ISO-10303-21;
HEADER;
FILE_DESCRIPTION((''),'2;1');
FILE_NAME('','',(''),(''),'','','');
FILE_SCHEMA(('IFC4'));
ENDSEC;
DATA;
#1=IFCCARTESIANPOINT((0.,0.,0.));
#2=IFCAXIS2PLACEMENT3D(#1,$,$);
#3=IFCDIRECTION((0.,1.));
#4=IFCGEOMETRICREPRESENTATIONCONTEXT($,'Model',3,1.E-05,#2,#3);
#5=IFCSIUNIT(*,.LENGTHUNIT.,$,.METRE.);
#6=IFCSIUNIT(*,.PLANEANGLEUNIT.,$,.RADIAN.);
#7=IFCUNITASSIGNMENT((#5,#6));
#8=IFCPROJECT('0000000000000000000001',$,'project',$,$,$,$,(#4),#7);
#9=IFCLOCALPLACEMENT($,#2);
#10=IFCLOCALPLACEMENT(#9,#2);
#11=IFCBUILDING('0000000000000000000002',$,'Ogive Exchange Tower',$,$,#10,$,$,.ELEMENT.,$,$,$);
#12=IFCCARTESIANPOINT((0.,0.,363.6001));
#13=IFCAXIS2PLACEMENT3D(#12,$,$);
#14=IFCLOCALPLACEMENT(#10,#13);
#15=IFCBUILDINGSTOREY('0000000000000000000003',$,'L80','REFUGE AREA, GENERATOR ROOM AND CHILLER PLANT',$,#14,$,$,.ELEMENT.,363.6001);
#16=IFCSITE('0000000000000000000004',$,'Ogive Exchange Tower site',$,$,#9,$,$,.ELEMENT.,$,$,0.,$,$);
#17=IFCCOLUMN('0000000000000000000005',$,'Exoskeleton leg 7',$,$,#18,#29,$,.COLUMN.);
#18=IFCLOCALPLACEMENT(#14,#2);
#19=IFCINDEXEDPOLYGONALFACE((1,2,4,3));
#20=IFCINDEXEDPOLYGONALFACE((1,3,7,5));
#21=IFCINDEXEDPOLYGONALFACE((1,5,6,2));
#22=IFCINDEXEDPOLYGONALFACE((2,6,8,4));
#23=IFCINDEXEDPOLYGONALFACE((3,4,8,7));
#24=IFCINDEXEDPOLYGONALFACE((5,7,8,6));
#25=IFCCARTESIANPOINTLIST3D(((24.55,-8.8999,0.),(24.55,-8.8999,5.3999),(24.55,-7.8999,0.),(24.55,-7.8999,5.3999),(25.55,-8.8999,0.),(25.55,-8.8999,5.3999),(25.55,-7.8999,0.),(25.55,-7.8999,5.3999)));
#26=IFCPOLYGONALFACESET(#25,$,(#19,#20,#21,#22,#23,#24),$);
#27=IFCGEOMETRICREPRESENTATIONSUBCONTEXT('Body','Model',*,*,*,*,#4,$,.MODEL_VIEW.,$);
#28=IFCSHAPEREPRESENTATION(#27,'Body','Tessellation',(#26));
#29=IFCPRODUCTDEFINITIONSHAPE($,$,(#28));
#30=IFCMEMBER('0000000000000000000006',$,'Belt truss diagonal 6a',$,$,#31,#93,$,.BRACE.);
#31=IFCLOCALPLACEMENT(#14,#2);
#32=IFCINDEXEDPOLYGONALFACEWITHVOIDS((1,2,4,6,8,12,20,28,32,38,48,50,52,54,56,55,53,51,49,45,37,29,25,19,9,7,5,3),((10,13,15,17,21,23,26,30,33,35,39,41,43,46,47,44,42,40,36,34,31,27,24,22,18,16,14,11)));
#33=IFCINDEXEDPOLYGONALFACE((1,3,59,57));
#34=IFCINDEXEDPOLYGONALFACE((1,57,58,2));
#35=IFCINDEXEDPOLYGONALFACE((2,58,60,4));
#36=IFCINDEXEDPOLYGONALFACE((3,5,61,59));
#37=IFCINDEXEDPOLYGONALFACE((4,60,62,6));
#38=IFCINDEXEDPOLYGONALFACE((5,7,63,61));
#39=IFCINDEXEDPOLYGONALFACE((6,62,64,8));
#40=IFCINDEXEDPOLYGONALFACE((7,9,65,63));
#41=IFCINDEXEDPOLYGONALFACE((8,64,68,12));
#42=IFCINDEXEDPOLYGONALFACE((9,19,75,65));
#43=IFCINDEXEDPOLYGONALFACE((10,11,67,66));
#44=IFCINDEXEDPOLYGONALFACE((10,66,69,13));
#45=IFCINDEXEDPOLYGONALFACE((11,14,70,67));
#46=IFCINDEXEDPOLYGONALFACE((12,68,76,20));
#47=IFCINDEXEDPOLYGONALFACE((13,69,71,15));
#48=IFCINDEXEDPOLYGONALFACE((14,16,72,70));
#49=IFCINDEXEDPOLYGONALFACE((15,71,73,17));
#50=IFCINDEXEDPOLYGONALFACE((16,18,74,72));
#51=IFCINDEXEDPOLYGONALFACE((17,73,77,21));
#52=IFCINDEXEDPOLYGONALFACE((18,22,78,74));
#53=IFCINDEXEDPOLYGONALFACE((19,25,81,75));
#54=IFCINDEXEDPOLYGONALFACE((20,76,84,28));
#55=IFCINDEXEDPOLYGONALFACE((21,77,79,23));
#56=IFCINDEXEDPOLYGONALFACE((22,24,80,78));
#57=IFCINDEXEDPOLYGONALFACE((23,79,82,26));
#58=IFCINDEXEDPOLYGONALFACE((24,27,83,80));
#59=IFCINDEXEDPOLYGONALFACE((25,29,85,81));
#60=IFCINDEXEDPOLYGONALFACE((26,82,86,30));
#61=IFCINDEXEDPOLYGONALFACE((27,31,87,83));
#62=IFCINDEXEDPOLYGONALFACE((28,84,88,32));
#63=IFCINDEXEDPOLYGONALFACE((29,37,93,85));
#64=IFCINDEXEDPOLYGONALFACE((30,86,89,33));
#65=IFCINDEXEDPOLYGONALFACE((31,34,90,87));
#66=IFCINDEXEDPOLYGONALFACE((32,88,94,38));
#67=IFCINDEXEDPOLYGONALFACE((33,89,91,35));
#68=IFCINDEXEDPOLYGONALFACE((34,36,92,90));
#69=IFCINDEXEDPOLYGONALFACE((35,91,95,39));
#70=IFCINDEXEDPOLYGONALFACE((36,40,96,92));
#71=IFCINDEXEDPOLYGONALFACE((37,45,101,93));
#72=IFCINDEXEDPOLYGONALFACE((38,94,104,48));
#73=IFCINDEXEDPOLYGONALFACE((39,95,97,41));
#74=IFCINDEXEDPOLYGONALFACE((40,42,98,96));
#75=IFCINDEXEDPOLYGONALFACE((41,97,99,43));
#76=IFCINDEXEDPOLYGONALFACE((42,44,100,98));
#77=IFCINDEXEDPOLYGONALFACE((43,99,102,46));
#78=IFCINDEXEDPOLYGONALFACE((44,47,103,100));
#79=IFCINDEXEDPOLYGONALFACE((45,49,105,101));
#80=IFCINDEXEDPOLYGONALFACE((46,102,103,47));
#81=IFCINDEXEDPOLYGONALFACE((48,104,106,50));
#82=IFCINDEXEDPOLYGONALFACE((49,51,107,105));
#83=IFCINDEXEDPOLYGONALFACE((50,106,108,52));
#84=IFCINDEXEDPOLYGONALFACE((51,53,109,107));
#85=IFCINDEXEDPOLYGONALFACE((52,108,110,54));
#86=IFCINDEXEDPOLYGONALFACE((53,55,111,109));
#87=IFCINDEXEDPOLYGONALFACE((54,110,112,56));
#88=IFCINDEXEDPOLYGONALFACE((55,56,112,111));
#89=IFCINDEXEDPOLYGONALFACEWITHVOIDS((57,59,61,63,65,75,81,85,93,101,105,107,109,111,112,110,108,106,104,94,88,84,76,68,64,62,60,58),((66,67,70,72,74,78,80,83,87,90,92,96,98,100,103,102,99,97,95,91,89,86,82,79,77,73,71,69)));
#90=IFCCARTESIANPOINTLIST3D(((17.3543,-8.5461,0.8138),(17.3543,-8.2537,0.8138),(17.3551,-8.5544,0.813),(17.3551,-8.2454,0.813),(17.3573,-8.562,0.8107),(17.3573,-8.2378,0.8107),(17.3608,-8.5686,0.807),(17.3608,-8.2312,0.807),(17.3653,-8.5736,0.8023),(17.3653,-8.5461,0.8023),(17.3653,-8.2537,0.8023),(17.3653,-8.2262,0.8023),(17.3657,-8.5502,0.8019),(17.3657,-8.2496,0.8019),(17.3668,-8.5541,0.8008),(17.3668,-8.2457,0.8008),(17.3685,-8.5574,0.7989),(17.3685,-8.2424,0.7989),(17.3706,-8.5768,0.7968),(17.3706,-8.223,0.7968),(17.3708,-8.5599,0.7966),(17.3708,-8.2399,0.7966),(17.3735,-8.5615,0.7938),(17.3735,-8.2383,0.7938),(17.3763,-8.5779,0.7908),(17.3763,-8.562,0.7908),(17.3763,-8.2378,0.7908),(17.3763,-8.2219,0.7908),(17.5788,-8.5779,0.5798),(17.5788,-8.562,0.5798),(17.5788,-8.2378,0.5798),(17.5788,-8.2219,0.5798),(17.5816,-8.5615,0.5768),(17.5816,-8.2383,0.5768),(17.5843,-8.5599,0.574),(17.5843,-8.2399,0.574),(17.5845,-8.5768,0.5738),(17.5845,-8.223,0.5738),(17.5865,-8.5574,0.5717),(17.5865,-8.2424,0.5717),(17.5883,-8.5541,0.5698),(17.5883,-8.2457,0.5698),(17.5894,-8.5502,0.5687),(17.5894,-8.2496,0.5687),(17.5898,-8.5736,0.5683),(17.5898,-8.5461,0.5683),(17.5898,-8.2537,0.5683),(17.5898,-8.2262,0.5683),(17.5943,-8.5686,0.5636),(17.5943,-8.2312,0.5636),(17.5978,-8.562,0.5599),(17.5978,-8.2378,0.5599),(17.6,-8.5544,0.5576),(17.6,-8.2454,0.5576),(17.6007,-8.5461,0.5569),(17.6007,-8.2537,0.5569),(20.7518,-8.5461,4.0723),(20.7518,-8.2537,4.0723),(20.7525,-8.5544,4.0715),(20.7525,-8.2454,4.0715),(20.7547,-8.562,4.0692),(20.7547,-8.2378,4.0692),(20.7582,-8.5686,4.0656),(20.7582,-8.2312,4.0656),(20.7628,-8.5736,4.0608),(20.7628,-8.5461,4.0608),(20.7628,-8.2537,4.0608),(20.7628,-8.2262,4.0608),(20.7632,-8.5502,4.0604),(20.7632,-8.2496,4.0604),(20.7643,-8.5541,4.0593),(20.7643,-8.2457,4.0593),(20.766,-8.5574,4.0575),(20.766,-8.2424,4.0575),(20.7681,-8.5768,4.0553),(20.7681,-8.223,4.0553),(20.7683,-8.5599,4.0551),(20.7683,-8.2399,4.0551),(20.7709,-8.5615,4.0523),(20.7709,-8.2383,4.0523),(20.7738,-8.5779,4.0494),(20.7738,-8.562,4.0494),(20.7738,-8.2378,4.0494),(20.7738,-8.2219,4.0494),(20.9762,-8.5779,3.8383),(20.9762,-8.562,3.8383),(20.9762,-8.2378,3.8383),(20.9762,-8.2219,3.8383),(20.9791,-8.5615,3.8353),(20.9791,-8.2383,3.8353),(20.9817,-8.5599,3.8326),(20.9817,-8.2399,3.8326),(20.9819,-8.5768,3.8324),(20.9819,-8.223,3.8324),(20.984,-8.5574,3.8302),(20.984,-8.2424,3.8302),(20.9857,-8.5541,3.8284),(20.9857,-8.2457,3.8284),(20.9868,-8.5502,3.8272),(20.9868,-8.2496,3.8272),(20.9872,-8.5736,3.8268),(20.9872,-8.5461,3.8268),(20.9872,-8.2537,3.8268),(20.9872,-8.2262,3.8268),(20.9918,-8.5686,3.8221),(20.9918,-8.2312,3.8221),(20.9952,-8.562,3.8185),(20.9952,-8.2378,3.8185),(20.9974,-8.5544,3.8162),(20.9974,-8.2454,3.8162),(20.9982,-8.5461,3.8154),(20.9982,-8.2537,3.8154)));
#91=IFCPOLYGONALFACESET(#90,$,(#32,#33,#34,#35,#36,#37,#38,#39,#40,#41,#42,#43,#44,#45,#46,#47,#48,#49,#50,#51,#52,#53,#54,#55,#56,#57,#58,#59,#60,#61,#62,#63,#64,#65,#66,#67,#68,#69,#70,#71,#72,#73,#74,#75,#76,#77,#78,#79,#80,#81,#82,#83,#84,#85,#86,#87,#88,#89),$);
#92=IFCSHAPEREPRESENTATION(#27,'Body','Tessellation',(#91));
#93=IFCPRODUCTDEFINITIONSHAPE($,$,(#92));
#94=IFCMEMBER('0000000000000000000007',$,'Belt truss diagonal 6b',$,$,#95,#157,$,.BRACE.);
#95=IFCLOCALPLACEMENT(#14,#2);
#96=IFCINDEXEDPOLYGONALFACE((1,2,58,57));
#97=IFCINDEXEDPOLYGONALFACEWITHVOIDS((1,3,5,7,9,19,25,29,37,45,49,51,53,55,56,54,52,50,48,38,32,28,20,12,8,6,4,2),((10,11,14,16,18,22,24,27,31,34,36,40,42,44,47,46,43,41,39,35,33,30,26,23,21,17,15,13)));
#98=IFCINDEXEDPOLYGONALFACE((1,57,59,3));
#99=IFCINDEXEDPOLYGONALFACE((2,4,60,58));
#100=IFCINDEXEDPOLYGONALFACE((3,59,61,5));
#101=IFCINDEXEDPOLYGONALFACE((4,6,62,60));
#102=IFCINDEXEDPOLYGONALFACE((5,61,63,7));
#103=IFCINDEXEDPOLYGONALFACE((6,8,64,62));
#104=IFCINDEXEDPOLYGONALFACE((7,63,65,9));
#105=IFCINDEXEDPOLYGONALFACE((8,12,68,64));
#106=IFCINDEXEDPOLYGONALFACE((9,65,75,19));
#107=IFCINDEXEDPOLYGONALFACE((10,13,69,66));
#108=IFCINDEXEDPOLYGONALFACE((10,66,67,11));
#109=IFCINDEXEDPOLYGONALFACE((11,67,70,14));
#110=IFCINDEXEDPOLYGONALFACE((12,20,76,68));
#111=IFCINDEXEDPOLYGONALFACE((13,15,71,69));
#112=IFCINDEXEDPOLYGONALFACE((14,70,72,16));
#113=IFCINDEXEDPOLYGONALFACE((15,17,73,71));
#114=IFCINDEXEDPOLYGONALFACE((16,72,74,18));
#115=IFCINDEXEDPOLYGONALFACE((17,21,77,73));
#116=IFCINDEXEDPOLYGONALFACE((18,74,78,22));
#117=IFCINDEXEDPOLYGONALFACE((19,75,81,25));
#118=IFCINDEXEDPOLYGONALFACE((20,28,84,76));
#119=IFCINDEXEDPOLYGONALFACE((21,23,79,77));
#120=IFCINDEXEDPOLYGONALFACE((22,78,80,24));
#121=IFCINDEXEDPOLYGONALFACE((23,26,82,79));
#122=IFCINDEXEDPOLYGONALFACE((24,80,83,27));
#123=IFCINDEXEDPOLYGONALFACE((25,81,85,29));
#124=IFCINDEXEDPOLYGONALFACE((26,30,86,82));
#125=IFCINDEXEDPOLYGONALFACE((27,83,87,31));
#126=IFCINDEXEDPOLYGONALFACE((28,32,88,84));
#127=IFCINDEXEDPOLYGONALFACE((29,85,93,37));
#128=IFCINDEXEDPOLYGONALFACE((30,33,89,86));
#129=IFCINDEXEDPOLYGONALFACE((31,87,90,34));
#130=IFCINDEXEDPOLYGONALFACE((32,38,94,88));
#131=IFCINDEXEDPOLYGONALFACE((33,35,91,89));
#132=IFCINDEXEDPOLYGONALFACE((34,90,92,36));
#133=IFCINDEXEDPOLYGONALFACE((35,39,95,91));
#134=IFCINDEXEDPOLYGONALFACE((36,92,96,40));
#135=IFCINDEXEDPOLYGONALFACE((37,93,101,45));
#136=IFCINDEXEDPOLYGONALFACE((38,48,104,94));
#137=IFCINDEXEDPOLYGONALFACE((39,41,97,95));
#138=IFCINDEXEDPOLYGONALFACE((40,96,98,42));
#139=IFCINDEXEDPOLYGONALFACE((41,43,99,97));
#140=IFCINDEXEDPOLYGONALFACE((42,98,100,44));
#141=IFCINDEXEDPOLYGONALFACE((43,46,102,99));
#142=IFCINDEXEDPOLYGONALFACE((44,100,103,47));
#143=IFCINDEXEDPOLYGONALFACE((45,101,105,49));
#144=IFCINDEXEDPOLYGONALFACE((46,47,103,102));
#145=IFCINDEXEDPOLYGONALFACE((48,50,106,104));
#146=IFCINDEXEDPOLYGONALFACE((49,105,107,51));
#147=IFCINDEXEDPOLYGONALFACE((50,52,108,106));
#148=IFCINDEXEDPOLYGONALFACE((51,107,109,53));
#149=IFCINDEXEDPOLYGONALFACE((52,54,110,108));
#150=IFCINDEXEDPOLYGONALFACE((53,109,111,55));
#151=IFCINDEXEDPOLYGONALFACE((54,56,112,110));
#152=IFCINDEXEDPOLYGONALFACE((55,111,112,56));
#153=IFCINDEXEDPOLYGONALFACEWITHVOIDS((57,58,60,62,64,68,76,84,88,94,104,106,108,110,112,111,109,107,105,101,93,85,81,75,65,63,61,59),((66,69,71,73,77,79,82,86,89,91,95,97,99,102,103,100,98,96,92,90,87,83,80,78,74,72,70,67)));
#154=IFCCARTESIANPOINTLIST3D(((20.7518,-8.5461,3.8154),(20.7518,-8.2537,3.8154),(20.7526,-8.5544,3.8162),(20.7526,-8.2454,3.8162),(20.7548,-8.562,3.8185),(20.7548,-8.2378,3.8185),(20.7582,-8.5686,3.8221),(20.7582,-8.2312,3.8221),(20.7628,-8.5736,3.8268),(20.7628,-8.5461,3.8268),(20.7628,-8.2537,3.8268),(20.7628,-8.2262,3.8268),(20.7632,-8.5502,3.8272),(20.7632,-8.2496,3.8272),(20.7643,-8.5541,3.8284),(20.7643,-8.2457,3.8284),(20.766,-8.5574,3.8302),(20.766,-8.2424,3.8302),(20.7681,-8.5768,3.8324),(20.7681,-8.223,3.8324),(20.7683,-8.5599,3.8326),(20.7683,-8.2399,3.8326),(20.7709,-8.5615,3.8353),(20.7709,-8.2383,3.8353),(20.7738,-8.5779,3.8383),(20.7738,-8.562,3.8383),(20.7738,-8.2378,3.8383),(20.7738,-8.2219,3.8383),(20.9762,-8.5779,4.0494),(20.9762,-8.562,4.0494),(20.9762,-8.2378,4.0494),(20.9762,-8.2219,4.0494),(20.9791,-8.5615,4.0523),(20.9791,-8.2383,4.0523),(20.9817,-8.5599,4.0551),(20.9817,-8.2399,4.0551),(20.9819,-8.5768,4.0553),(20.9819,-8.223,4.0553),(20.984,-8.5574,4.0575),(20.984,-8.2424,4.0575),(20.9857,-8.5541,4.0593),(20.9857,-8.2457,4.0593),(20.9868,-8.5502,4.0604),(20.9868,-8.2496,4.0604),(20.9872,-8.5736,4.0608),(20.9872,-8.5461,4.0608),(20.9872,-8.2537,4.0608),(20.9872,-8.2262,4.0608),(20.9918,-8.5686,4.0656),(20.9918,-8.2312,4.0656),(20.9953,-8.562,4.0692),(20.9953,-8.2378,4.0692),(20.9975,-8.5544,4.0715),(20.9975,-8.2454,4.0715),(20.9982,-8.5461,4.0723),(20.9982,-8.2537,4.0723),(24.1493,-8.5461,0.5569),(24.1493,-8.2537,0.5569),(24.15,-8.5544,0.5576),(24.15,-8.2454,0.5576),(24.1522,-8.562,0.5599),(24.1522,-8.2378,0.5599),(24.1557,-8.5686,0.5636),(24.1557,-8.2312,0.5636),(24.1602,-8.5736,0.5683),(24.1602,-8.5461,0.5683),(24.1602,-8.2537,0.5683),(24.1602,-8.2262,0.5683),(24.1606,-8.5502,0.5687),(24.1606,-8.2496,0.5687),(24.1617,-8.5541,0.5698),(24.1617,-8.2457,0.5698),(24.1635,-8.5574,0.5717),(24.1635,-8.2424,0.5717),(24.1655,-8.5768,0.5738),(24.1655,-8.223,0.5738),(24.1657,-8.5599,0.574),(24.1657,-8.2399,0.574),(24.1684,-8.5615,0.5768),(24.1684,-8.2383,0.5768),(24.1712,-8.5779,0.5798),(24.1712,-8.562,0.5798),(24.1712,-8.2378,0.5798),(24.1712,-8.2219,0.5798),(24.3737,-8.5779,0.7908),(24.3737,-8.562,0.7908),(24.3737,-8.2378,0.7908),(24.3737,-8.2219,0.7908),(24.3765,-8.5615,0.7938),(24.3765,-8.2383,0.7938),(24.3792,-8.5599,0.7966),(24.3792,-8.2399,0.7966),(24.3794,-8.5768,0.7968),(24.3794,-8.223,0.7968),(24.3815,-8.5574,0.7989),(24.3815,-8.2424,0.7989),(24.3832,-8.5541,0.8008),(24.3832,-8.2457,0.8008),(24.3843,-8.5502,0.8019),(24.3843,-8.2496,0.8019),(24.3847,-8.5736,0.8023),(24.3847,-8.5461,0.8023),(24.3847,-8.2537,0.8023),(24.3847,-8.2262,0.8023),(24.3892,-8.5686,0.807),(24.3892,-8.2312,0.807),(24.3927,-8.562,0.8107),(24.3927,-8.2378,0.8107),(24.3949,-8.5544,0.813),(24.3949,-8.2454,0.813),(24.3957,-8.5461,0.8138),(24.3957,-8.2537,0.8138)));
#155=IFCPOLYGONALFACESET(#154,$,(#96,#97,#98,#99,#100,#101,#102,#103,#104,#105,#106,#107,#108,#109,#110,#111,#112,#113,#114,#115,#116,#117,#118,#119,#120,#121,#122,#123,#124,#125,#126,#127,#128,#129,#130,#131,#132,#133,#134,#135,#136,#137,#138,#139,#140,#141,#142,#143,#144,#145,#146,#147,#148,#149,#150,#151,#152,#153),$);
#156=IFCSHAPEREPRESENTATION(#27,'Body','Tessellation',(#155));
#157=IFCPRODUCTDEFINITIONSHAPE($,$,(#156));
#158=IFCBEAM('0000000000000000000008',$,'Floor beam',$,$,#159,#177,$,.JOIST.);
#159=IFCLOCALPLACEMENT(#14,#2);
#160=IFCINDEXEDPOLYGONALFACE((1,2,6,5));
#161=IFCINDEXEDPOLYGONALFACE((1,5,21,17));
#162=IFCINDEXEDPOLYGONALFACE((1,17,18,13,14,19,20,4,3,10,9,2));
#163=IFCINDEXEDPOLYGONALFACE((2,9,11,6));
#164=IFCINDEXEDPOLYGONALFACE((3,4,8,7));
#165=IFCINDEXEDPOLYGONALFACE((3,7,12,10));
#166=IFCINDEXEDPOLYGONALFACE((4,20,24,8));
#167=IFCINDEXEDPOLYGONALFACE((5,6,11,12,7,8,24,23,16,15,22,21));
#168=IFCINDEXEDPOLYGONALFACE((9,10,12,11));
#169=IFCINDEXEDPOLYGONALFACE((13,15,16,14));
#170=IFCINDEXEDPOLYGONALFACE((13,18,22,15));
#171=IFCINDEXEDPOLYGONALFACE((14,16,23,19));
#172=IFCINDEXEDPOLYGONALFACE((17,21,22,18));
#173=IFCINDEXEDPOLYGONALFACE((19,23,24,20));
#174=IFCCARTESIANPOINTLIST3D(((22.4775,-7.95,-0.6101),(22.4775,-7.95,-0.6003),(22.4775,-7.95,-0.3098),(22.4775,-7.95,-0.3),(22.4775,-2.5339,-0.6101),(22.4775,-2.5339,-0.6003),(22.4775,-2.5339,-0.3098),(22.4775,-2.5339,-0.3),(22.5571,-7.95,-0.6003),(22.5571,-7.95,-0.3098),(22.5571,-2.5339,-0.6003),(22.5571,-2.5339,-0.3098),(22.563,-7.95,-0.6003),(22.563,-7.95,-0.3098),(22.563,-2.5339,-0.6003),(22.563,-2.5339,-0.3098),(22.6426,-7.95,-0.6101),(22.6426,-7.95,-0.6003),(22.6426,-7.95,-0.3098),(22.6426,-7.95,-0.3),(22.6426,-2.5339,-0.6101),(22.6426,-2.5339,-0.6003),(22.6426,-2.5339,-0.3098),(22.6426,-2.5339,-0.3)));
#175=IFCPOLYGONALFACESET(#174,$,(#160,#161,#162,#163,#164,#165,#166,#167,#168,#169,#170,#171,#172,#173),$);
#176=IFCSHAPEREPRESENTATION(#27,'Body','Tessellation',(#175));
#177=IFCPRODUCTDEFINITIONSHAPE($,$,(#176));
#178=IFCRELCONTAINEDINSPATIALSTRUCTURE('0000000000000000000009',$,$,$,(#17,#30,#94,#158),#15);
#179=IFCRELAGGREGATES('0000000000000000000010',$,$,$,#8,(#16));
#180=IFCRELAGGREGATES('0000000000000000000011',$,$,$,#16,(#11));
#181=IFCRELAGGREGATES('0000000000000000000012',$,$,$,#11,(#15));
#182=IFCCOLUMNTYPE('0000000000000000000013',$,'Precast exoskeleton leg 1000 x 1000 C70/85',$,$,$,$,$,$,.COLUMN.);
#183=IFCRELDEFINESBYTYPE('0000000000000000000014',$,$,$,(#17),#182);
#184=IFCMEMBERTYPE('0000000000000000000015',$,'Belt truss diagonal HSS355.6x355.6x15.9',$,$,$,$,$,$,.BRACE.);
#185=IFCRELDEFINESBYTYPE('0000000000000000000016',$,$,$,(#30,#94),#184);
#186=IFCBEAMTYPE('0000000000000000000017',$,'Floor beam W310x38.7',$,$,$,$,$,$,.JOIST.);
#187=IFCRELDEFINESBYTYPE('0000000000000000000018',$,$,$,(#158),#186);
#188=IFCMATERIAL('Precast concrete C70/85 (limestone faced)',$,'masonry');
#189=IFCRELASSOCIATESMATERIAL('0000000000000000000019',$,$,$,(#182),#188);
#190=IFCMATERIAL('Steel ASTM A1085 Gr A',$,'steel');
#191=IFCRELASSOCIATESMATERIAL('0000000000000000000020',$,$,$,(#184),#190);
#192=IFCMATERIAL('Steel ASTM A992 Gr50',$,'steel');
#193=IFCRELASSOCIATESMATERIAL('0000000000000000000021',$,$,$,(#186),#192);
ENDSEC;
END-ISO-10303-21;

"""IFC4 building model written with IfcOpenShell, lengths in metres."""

from ifc_helpers import new_model, si_unit, direction, frame, origin, origin_2d, place, context, subcontext, project, spatial, rectangle, hollow_rectangle, i_section, extrude, material, material_profile, profile_set, type_object, element, save


model = new_model("IFC4")

# Units and contexts
model_context = context("Model", 3, precision=1e-05, world=origin(), true_north=direction((0.0, 1.0)))
body_context = subcontext(model_context, "Body", "Model", "MODEL_VIEW")
ifc_project = project(units=[si_unit("LENGTHUNIT", "METRE"), si_unit("PLANEANGLEUNIT", "RADIAN")], contexts=[model_context])

# Site, building, storey
site_placement = place(None, origin())
site = spatial("IfcSite", under=ifc_project, at=site_placement, Name="Ogive Exchange Tower site", CompositionType="ELEMENT", RefElevation=0.0)
building_placement = place(site_placement, origin())
building = spatial("IfcBuilding", under=site, at=building_placement, Name="Ogive Exchange Tower", CompositionType="ELEMENT")
storey_placement = place(building_placement, frame((0.0, 0.0, 363.6001)))
storey = spatial("IfcBuildingStorey", under=building, at=storey_placement, Name="L80", Description="REFUGE AREA, GENERATOR ROOM AND CHILLER PLANT", CompositionType="ELEMENT", Elevation=363.6001)

# Column
ifc_material_1 = material(Name="Precast concrete C70/85 (limestone faced)", Category="masonry")
ifc_material_profile_1 = material_profile(ifc_material_1, rectangle(XDim=1.0, YDim=1.0, at=origin_2d()), Name="1000 x 1000")
ifc_profile_set_1 = profile_set([ifc_material_profile_1], Name="Precast concrete C70/85 (limestone faced)")
column_type = type_object("IfcColumnType", Name="Precast exoskeleton leg 1000 x 1000 C70/85", PredefinedType="COLUMN", material=ifc_profile_set_1)
column_placement = place(storey_placement, frame((25.05, -8.3999, 0.0), z_axis=(0.0, 0.0, 1.0), x_axis=(1.0, 0.0, 0.0)))
element("IfcColumn", 1, at=column_placement, inside=storey, type_object=column_type, Name="Exoskeleton leg 7", PredefinedType="COLUMN", context=body_context, shape_type="SweptSolid", body=[
    extrude(rectangle(XDim=1.0, YDim=1.0, at=origin_2d()), origin(), (0.0, 0.0, 1.0), 5.3999),
])

# Members
ifc_material_2 = material(Name="Steel ASTM A1085 Gr A", Category="steel")
ifc_material_profile_2 = material_profile(ifc_material_2, hollow_rectangle(XDim=0.356, YDim=0.356, WallThickness=0.0159, InnerFilletRadius=0.0159, OuterFilletRadius=0.0317, at=origin_2d()), Name="HSS355.6x355.6x15.9")
ifc_profile_set_2 = profile_set([ifc_material_profile_2], Name="Steel ASTM A1085 Gr A")
member_type = type_object("IfcMemberType", Name="Belt truss diagonal HSS355.6x355.6x15.9", PredefinedType="BRACE", material=ifc_profile_set_2)
for number, where, z_axis, x_axis, name in (
    (2, (17.4775, -8.3999, 0.6853), (0.721707, 0.0, 0.692198), (0.0, 1.0, 0.0), "Belt truss diagonal 6a"),
    (3, (24.2725, -8.3999, 0.6853), (-0.721707, 0.0, 0.692198), (0.0, -1.0, 0.0), "Belt truss diagonal 6b"),
):
    element("IfcMember", number, at=place(storey_placement, frame(where, z_axis=z_axis, x_axis=x_axis)), inside=storey, type_object=member_type, Name=name, PredefinedType="BRACE", context=body_context, shape_type="SweptSolid", body=[
        extrude(hollow_rectangle(XDim=0.356, YDim=0.356, WallThickness=0.0159, InnerFilletRadius=0.0159, OuterFilletRadius=0.0317, at=origin_2d()), origin(), (0.0, 0.0, 1.0), 4.7075),
    ])

# Beam
ifc_material_3 = material(Name="Steel ASTM A992 Gr50", Category="steel")
ifc_material_profile_3 = material_profile(ifc_material_3, i_section(OverallWidth=0.165, OverallDepth=0.3101, WebThickness=0.0059, FlangeThickness=0.0098, at=origin_2d()), Name="W310x38.7")
ifc_profile_set_3 = profile_set([ifc_material_profile_3], Name="Steel ASTM A992 Gr50")
beam_type_1 = type_object("IfcBeamType", Name="Floor beam W310x38.7", PredefinedType="JOIST", material=ifc_profile_set_3)
beam_1_placement = place(storey_placement, frame((22.5601, -7.95, -0.4551), z_axis=(0.0, 1.0, 0.0), x_axis=(-1.0, 0.0, 0.0)))
element("IfcBeam", 4, at=beam_1_placement, inside=storey, type_object=beam_type_1, Name="Floor beam", PredefinedType="JOIST", context=body_context, shape_type="SweptSolid", body=[
    extrude(i_section(OverallWidth=0.165, OverallDepth=0.3101, WebThickness=0.0059, FlangeThickness=0.0098, at=origin_2d()), origin(), (0.0, 0.0, 1.0), 5.416),
])

save(model, "model.ifc")
